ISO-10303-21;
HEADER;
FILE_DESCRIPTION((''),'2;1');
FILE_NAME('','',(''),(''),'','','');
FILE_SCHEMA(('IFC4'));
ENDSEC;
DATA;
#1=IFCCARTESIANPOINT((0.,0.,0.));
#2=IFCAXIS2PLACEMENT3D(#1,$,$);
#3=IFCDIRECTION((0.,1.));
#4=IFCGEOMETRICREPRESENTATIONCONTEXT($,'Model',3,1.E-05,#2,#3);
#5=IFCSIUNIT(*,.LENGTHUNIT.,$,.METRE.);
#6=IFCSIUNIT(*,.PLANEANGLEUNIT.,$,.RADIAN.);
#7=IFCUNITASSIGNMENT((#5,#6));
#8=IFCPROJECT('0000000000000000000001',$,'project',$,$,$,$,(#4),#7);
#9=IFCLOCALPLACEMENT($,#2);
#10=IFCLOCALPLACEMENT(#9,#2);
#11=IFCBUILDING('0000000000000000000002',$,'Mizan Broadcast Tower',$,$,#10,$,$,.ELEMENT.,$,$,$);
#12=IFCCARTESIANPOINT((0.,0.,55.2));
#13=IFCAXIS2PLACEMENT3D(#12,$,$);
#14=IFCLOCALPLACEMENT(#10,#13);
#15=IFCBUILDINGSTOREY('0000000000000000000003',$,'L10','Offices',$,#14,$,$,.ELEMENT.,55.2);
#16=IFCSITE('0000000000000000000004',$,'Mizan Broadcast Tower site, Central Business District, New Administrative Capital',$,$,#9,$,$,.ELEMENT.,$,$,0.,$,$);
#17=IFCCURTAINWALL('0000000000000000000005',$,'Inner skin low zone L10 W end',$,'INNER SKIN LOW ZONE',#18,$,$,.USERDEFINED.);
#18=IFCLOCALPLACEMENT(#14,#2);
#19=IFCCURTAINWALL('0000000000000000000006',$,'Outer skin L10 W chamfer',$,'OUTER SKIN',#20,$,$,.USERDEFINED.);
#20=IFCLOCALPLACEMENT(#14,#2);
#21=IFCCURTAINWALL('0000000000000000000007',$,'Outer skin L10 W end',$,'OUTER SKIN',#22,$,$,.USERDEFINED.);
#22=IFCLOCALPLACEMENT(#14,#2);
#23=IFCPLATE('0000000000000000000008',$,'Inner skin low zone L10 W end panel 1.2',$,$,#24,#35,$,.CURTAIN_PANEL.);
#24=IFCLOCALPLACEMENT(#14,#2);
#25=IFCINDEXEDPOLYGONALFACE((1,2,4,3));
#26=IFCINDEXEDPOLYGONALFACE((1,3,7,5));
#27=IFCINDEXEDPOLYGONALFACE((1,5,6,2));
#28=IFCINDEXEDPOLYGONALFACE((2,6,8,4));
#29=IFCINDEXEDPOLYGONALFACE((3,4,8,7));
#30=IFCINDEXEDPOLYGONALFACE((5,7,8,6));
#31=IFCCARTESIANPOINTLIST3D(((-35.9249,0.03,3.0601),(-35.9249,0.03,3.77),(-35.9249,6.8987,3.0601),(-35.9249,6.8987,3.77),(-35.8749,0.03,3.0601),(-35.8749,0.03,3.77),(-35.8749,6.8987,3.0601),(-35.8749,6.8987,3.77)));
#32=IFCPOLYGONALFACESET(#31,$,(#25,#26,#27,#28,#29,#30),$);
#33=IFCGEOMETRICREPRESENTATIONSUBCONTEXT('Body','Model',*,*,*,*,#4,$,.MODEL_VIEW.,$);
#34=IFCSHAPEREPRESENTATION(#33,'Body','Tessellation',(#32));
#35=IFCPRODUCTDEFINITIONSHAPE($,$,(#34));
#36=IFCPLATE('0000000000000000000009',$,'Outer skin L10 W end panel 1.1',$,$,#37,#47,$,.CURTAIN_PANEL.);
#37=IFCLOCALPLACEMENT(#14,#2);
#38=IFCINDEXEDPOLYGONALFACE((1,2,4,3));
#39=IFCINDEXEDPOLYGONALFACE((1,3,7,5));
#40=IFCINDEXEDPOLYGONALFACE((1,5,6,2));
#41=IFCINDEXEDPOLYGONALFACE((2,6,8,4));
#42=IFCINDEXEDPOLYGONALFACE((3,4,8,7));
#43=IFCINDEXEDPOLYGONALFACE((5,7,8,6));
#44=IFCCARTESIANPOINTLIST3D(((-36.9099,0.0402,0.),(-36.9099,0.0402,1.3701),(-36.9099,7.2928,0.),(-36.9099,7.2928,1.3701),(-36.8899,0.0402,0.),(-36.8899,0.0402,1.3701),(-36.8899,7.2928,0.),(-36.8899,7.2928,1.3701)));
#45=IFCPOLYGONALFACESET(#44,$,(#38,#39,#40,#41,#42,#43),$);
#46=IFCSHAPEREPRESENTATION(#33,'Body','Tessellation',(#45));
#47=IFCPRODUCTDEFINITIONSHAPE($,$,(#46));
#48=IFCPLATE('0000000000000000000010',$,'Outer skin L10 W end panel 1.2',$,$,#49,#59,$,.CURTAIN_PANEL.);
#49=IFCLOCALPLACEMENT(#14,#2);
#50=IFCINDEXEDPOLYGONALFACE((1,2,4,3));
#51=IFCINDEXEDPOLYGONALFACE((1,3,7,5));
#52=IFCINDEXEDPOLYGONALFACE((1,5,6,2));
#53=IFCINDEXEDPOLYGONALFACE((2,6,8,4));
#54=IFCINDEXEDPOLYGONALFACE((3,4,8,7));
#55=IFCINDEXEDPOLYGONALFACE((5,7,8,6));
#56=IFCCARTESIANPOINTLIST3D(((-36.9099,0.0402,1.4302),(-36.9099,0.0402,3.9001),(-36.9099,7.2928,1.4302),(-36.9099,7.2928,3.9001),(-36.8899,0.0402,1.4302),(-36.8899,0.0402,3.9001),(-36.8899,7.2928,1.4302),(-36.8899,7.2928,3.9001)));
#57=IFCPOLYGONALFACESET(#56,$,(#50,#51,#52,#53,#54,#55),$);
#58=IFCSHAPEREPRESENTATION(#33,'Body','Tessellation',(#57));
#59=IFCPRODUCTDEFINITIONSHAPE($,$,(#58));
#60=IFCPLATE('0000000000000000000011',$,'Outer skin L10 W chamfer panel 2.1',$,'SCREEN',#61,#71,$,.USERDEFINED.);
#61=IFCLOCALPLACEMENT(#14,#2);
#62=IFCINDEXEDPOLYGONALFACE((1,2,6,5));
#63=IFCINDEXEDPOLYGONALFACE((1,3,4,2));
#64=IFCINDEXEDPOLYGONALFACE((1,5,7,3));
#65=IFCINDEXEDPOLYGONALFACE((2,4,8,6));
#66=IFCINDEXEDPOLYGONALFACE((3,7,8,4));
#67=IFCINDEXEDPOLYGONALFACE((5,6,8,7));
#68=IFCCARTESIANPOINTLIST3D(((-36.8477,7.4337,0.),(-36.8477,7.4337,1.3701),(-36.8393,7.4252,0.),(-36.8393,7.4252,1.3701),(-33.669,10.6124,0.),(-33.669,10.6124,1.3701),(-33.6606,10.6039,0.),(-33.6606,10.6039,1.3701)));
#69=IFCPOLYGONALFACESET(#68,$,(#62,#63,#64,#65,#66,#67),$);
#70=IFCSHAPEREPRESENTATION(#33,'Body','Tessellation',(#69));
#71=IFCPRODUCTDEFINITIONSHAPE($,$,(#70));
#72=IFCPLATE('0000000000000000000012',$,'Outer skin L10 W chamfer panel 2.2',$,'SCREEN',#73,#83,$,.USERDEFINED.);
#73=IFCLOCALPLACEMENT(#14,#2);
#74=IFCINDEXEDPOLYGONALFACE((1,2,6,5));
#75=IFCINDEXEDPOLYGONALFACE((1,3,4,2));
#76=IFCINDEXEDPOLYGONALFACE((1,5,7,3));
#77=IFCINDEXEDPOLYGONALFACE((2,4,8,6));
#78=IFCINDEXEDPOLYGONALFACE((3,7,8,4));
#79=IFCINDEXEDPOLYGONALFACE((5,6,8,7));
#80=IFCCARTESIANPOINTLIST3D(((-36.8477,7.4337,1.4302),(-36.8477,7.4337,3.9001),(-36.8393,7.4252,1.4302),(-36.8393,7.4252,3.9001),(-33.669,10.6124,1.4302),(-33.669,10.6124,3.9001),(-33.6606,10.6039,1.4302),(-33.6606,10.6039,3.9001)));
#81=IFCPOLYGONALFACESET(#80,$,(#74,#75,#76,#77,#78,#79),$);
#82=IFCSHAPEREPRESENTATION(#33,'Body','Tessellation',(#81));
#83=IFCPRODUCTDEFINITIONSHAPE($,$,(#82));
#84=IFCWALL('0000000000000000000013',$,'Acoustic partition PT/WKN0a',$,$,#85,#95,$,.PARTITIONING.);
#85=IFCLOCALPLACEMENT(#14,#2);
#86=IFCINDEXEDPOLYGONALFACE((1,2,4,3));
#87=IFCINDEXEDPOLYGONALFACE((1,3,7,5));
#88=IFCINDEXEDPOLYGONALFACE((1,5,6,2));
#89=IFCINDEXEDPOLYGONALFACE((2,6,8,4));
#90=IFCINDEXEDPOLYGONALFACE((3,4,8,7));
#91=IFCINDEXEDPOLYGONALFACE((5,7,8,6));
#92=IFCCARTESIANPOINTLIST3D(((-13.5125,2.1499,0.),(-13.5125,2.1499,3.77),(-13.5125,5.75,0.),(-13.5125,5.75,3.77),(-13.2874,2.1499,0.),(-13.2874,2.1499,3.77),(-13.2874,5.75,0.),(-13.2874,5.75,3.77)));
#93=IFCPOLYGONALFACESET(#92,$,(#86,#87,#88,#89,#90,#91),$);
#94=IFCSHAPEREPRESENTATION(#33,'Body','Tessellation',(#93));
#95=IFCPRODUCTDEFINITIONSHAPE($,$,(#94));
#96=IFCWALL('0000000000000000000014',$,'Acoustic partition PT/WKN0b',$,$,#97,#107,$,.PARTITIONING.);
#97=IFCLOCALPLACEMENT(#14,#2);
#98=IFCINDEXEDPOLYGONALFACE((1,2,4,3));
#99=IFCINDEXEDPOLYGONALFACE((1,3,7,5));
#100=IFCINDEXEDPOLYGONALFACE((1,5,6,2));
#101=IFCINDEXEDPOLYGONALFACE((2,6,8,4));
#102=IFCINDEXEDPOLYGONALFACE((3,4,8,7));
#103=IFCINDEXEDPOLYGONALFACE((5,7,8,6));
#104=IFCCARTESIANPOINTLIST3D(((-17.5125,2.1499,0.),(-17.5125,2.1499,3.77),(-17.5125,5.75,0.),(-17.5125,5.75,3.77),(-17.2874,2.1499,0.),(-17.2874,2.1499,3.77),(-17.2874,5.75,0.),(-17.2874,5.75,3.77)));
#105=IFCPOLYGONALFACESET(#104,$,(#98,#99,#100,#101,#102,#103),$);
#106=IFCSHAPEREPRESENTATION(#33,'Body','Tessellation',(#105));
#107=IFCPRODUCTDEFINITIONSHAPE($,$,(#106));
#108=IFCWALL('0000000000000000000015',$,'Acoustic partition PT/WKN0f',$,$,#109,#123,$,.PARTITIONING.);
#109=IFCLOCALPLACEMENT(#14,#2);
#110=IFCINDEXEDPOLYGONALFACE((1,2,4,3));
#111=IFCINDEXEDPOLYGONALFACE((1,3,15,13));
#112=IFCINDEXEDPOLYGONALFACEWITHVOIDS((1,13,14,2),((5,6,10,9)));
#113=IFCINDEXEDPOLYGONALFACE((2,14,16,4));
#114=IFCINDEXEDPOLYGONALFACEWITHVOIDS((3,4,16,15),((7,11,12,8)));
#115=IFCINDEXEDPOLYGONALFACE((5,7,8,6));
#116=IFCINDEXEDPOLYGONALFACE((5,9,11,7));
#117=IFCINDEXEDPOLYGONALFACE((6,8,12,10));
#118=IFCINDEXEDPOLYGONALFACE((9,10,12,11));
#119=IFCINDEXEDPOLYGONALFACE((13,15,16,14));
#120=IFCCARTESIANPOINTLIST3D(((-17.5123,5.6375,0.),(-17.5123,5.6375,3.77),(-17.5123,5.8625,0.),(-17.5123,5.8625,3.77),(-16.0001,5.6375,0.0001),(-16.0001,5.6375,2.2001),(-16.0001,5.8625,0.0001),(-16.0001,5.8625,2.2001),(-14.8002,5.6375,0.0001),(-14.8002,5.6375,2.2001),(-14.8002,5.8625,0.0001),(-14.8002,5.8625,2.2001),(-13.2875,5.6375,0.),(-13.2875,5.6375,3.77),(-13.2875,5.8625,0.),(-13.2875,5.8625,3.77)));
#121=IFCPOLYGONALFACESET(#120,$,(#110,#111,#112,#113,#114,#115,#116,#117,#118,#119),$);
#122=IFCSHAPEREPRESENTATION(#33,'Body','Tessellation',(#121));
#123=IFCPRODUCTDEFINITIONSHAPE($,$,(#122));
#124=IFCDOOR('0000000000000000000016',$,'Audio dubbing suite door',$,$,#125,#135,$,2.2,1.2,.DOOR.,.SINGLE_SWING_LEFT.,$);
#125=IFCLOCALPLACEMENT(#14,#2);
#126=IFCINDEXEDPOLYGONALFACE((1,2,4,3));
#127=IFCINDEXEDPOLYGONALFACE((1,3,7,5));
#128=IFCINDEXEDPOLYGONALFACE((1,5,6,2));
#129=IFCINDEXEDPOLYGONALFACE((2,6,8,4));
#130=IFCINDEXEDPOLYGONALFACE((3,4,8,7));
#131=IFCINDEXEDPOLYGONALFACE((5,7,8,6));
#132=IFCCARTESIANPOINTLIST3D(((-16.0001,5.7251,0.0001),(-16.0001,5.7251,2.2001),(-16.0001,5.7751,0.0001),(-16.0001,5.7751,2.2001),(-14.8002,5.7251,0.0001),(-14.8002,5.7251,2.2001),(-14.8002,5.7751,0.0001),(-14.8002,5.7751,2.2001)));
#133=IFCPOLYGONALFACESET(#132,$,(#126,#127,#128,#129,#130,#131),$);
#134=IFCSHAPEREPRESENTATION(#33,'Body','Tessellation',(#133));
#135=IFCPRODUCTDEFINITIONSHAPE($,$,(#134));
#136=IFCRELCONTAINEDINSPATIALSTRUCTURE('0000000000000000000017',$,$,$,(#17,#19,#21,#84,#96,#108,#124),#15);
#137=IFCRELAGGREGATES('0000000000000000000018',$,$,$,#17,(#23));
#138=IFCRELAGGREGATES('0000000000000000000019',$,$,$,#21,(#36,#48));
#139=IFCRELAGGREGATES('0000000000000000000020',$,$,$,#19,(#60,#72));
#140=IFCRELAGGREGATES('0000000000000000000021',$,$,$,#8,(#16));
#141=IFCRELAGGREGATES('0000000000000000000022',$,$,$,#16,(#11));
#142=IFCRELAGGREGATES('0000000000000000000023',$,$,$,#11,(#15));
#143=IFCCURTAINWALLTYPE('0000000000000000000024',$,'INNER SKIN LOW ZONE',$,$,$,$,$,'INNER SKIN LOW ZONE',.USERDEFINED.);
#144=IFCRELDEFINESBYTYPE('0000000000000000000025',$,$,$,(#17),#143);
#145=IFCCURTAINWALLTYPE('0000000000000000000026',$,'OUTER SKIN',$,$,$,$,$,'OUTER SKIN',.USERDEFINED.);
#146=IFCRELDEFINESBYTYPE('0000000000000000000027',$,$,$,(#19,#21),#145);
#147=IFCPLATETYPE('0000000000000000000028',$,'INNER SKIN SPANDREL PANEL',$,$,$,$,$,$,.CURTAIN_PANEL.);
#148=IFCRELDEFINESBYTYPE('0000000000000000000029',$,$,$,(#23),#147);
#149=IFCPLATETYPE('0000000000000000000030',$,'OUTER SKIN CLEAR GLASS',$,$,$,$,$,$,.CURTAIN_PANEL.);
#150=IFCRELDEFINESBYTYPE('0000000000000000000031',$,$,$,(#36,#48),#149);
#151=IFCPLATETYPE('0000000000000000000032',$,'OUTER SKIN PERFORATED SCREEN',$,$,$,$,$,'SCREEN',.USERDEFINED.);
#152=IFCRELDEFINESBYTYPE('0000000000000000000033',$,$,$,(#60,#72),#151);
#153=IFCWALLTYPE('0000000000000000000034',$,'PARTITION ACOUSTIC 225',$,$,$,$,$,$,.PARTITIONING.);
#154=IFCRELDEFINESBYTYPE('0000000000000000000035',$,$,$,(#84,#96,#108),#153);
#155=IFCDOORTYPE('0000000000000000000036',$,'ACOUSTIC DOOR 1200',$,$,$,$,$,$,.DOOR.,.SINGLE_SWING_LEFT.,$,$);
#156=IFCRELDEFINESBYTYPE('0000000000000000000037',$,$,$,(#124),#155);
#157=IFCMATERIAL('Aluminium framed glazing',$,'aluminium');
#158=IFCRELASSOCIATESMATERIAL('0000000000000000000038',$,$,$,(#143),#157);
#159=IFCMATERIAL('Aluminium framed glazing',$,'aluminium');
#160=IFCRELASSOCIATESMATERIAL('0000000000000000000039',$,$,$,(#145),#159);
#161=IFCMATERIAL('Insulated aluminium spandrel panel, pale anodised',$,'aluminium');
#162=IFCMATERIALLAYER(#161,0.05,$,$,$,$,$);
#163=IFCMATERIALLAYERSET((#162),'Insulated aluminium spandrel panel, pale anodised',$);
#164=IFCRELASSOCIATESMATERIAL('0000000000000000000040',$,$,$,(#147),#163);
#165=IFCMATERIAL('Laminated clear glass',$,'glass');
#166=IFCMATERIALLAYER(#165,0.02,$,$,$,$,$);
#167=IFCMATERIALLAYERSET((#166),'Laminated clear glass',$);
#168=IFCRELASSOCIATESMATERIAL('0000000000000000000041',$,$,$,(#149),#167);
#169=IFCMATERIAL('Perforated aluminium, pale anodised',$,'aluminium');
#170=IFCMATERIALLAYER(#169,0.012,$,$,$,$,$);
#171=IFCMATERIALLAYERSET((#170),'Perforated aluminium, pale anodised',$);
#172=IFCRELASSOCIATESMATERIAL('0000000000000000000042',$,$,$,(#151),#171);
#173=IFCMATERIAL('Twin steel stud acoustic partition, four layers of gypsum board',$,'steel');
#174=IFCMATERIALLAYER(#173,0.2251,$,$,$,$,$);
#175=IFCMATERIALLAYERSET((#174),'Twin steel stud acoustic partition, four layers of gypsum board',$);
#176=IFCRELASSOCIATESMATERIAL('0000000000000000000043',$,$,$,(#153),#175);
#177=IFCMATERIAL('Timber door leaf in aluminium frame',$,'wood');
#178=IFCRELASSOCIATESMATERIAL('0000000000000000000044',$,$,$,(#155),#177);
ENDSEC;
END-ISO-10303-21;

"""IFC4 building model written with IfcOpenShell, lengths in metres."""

from ifc_helpers import new_model, si_unit, direction, frame, frame_2d, origin, origin_2d, place, context, subcontext, project, spatial, rectangle, extrude, material, layer, layer_set, type_object, element, fill, aggregate, save


model = new_model("IFC4")

# Units and contexts
model_context = context("Model", 3, precision=1e-05, world=origin(), true_north=direction((0.0, 1.0)))
body_context = subcontext(model_context, "Body", "Model", "MODEL_VIEW")
ifc_project = project(units=[si_unit("LENGTHUNIT", "METRE"), si_unit("PLANEANGLEUNIT", "RADIAN")], contexts=[model_context])

# Site, building, storey
site_placement = place(None, origin())
site = spatial("IfcSite", under=ifc_project, at=site_placement, Name="Mizan Broadcast Tower site, Central Business District, New Administrative Capital", CompositionType="ELEMENT", RefElevation=0.0)
building_placement = place(site_placement, origin())
building = spatial("IfcBuilding", under=site, at=building_placement, Name="Mizan Broadcast Tower", CompositionType="ELEMENT")
storey_placement = place(building_placement, frame((0.0, 0.0, 55.2)))
storey = spatial("IfcBuildingStorey", under=building, at=storey_placement, Name="L10", Description="Offices", CompositionType="ELEMENT", Elevation=55.2)

# Curtain wall
ifc_material_1 = material(Name="Aluminium framed glazing", Category="aluminium")
curtain_wall_type_1 = type_object("IfcCurtainWallType", Name="INNER SKIN LOW ZONE", ElementType="INNER SKIN LOW ZONE", PredefinedType="USERDEFINED", material=ifc_material_1)
curtain_wall_1_placement = place(storey_placement, origin())
curtain_wall_1 = element("IfcCurtainWall", 1, at=curtain_wall_1_placement, inside=storey, type_object=curtain_wall_type_1, Name="Inner skin low zone L10 W end", ObjectType="INNER SKIN LOW ZONE", PredefinedType="USERDEFINED")

# Curtain wall
ifc_material_2 = material(Name="Aluminium framed glazing", Category="aluminium")
curtain_wall_type_2 = type_object("IfcCurtainWallType", Name="OUTER SKIN", ElementType="OUTER SKIN", PredefinedType="USERDEFINED", material=ifc_material_2)
curtain_wall_2_placement = place(storey_placement, origin())
curtain_wall_2 = element("IfcCurtainWall", 2, at=curtain_wall_2_placement, inside=storey, type_object=curtain_wall_type_2, Name="Outer skin L10 W chamfer", ObjectType="OUTER SKIN", PredefinedType="USERDEFINED")

# Curtain wall
curtain_wall_3_placement = place(storey_placement, origin())
curtain_wall_3 = element("IfcCurtainWall", 3, at=curtain_wall_3_placement, inside=storey, type_object=curtain_wall_type_2, Name="Outer skin L10 W end", ObjectType="OUTER SKIN", PredefinedType="USERDEFINED")

# Plates
ifc_material_3 = material(Name="Insulated aluminium spandrel panel, pale anodised", Category="aluminium")
ifc_layer_1 = layer(ifc_material_3, 0.05)
ifc_layer_set_1 = layer_set([ifc_layer_1], Name="Insulated aluminium spandrel panel, pale anodised")
plate_type_1 = type_object("IfcPlateType", Name="INNER SKIN SPANDREL PANEL", PredefinedType="CURTAIN_PANEL", material=ifc_layer_set_1)
plate_1_placement = place(storey_placement, frame((-35.8999, 3.4644, 3.0601), z_axis=(0.0, 0.0, 1.0), x_axis=(0.0, -1.0, 0.0)))
plate_1 = element("IfcPlate", 4, at=plate_1_placement, type_object=plate_type_1, Name="Inner skin low zone L10 W end panel 1.2", PredefinedType="CURTAIN_PANEL", context=body_context, shape_type="SweptSolid", body=[
    extrude(rectangle(XDim=6.8687, YDim=0.05, at=origin_2d()), origin(), (0.0, 0.0, 1.0), 0.71),
])
aggregate(curtain_wall_1, [plate_1])
ifc_material_4 = material(Name="Laminated clear glass", Category="glass")
ifc_layer_2 = layer(ifc_material_4, 0.02)
ifc_layer_set_2 = layer_set([ifc_layer_2], Name="Laminated clear glass")
plate_type_2 = type_object("IfcPlateType", Name="OUTER SKIN CLEAR GLASS", PredefinedType="CURTAIN_PANEL", material=ifc_layer_set_2)
plate_2_placement = place(storey_placement, frame((-36.8999, 3.6665, 0.0), z_axis=(0.0, 0.0, 1.0), x_axis=(0.0, -1.0, 0.0)))
plate_2 = element("IfcPlate", 5, at=plate_2_placement, type_object=plate_type_2, Name="Outer skin L10 W end panel 1.1", PredefinedType="CURTAIN_PANEL", context=body_context, shape_type="SweptSolid", body=[
    extrude(rectangle(XDim=7.2527, YDim=0.02, at=origin_2d()), origin(), (0.0, 0.0, 1.0), 1.3701),
])
plate_3_placement = place(storey_placement, frame((-36.8999, 3.6665, 1.4302), z_axis=(0.0, 0.0, 1.0), x_axis=(0.0, -1.0, 0.0)))
plate_3 = element("IfcPlate", 6, at=plate_3_placement, type_object=plate_type_2, Name="Outer skin L10 W end panel 1.2", PredefinedType="CURTAIN_PANEL", context=body_context, shape_type="SweptSolid", body=[
    extrude(rectangle(XDim=7.2527, YDim=0.02, at=origin_2d()), origin(), (0.0, 0.0, 1.0), 2.47),
])
aggregate(curtain_wall_3, [plate_2, plate_3])
ifc_material_5 = material(Name="Perforated aluminium, pale anodised", Category="aluminium")
ifc_layer_3 = layer(ifc_material_5, 0.012)
ifc_layer_set_3 = layer_set([ifc_layer_3], Name="Perforated aluminium, pale anodised")
plate_type_3 = type_object("IfcPlateType", Name="OUTER SKIN PERFORATED SCREEN", ElementType="SCREEN", PredefinedType="USERDEFINED", material=ifc_layer_set_3)
plate_4_placement = place(storey_placement, frame((-35.2542, 9.0188, 0.0), z_axis=(0.0, 0.0, 1.0), x_axis=(-0.707107, -0.707107, 0.0)))
plate_4 = element("IfcPlate", 7, at=plate_4_placement, type_object=plate_type_3, Name="Outer skin L10 W chamfer panel 2.1", ObjectType="SCREEN", PredefinedType="USERDEFINED", context=body_context, shape_type="SweptSolid", body=[
    extrude(rectangle(XDim=4.4954, YDim=0.012, at=origin_2d()), origin(), (0.0, 0.0, 1.0), 1.3701),
])
plate_5_placement = place(storey_placement, frame((-35.2542, 9.0188, 1.4302), z_axis=(0.0, 0.0, 1.0), x_axis=(-0.707107, -0.707107, 0.0)))
plate_5 = element("IfcPlate", 8, at=plate_5_placement, type_object=plate_type_3, Name="Outer skin L10 W chamfer panel 2.2", ObjectType="SCREEN", PredefinedType="USERDEFINED", context=body_context, shape_type="SweptSolid", body=[
    extrude(rectangle(XDim=4.4954, YDim=0.012, at=origin_2d()), origin(), (0.0, 0.0, 1.0), 2.47),
])
aggregate(curtain_wall_2, [plate_4, plate_5])

# Walls
ifc_material_6 = material(Name="Twin steel stud acoustic partition, four layers of gypsum board", Category="steel")
ifc_layer_4 = layer(ifc_material_6, 0.2251)
ifc_layer_set_4 = layer_set([ifc_layer_4], Name="Twin steel stud acoustic partition, four layers of gypsum board")
wall_type = type_object("IfcWallType", Name="PARTITION ACOUSTIC 225", PredefinedType="PARTITIONING", material=ifc_layer_set_4)
for number, where, z_axis, x_axis, name in (
    (9, (-13.3999, 2.1499, 0.0), (0.0, 0.0, 1.0), (0.0, 1.0, 0.0), "Acoustic partition PT/WKN0a"),
    (10, (-17.3999, 2.1499, 0.0), (0.0, 0.0, 1.0), (0.0, 1.0, 0.0), "Acoustic partition PT/WKN0b"),
):
    element("IfcWall", number, at=place(storey_placement, frame(where, z_axis=z_axis, x_axis=x_axis)), inside=storey, type_object=wall_type, Name=name, PredefinedType="PARTITIONING", context=body_context, shape_type="SweptSolid", body=[
        extrude(rectangle(XDim=3.6001, YDim=0.2251, at=frame_2d((1.8, 0.0))), origin(), (0.0, 0.0, 1.0), 3.77),
    ])

# Wall, opening, door
wall_placement = place(storey_placement, frame((-13.2876, 5.75, 0.0), z_axis=(0.0, 0.0, 1.0), x_axis=(-1.0, 0.0, 0.0)))
wall = element("IfcWall", 11, at=wall_placement, inside=storey, type_object=wall_type, Name="Acoustic partition PT/WKN0f", PredefinedType="PARTITIONING", context=body_context, shape_type="SweptSolid", body=[
    extrude(rectangle(XDim=4.2249, YDim=0.2251, at=frame_2d((2.1123, 0.0))), origin(), (0.0, 0.0, 1.0), 3.77),
])
opening_placement = place(wall_placement, frame((1.5125, 0.0, 0.0)))
opening = element("IfcOpeningElement", 12, at=opening_placement, cuts=wall, PredefinedType="OPENING", context=body_context, shape_type="SweptSolid", body=[
    extrude(rectangle(XDim=1.2, YDim=2.2, at=frame_2d((0.6001, 1.1001))), frame((0.0, 0.1226, 0.0), z_axis=(0.0, -1.0, 0.0), x_axis=(1.0, 0.0, 0.0)), (0.0, 0.0, 1.0), 0.2451),
])
ifc_material_7 = material(Name="Timber door leaf in aluminium frame", Category="wood")
door_type = type_object("IfcDoorType", Name="ACOUSTIC DOOR 1200", OperationType="SINGLE_SWING_LEFT", PredefinedType="DOOR", material=ifc_material_7)
door_placement = place(opening_placement, origin())
door = element("IfcDoor", 13, at=door_placement, inside=storey, type_object=door_type, Name="Audio dubbing suite door", OperationType="SINGLE_SWING_LEFT", OverallHeight=2.2, OverallWidth=1.2, PredefinedType="DOOR", context=body_context, shape_type="SweptSolid", body=[
    extrude(rectangle(XDim=1.2, YDim=2.2, at=frame_2d((0.6001, 1.1001))), frame((0.0, 0.0249, 0.0), z_axis=(0.0, -1.0, 0.0), x_axis=(1.0, 0.0, 0.0)), (0.0, 0.0, 1.0), 0.05),
])
fill(opening, door)

save(model, "model.ifc")
